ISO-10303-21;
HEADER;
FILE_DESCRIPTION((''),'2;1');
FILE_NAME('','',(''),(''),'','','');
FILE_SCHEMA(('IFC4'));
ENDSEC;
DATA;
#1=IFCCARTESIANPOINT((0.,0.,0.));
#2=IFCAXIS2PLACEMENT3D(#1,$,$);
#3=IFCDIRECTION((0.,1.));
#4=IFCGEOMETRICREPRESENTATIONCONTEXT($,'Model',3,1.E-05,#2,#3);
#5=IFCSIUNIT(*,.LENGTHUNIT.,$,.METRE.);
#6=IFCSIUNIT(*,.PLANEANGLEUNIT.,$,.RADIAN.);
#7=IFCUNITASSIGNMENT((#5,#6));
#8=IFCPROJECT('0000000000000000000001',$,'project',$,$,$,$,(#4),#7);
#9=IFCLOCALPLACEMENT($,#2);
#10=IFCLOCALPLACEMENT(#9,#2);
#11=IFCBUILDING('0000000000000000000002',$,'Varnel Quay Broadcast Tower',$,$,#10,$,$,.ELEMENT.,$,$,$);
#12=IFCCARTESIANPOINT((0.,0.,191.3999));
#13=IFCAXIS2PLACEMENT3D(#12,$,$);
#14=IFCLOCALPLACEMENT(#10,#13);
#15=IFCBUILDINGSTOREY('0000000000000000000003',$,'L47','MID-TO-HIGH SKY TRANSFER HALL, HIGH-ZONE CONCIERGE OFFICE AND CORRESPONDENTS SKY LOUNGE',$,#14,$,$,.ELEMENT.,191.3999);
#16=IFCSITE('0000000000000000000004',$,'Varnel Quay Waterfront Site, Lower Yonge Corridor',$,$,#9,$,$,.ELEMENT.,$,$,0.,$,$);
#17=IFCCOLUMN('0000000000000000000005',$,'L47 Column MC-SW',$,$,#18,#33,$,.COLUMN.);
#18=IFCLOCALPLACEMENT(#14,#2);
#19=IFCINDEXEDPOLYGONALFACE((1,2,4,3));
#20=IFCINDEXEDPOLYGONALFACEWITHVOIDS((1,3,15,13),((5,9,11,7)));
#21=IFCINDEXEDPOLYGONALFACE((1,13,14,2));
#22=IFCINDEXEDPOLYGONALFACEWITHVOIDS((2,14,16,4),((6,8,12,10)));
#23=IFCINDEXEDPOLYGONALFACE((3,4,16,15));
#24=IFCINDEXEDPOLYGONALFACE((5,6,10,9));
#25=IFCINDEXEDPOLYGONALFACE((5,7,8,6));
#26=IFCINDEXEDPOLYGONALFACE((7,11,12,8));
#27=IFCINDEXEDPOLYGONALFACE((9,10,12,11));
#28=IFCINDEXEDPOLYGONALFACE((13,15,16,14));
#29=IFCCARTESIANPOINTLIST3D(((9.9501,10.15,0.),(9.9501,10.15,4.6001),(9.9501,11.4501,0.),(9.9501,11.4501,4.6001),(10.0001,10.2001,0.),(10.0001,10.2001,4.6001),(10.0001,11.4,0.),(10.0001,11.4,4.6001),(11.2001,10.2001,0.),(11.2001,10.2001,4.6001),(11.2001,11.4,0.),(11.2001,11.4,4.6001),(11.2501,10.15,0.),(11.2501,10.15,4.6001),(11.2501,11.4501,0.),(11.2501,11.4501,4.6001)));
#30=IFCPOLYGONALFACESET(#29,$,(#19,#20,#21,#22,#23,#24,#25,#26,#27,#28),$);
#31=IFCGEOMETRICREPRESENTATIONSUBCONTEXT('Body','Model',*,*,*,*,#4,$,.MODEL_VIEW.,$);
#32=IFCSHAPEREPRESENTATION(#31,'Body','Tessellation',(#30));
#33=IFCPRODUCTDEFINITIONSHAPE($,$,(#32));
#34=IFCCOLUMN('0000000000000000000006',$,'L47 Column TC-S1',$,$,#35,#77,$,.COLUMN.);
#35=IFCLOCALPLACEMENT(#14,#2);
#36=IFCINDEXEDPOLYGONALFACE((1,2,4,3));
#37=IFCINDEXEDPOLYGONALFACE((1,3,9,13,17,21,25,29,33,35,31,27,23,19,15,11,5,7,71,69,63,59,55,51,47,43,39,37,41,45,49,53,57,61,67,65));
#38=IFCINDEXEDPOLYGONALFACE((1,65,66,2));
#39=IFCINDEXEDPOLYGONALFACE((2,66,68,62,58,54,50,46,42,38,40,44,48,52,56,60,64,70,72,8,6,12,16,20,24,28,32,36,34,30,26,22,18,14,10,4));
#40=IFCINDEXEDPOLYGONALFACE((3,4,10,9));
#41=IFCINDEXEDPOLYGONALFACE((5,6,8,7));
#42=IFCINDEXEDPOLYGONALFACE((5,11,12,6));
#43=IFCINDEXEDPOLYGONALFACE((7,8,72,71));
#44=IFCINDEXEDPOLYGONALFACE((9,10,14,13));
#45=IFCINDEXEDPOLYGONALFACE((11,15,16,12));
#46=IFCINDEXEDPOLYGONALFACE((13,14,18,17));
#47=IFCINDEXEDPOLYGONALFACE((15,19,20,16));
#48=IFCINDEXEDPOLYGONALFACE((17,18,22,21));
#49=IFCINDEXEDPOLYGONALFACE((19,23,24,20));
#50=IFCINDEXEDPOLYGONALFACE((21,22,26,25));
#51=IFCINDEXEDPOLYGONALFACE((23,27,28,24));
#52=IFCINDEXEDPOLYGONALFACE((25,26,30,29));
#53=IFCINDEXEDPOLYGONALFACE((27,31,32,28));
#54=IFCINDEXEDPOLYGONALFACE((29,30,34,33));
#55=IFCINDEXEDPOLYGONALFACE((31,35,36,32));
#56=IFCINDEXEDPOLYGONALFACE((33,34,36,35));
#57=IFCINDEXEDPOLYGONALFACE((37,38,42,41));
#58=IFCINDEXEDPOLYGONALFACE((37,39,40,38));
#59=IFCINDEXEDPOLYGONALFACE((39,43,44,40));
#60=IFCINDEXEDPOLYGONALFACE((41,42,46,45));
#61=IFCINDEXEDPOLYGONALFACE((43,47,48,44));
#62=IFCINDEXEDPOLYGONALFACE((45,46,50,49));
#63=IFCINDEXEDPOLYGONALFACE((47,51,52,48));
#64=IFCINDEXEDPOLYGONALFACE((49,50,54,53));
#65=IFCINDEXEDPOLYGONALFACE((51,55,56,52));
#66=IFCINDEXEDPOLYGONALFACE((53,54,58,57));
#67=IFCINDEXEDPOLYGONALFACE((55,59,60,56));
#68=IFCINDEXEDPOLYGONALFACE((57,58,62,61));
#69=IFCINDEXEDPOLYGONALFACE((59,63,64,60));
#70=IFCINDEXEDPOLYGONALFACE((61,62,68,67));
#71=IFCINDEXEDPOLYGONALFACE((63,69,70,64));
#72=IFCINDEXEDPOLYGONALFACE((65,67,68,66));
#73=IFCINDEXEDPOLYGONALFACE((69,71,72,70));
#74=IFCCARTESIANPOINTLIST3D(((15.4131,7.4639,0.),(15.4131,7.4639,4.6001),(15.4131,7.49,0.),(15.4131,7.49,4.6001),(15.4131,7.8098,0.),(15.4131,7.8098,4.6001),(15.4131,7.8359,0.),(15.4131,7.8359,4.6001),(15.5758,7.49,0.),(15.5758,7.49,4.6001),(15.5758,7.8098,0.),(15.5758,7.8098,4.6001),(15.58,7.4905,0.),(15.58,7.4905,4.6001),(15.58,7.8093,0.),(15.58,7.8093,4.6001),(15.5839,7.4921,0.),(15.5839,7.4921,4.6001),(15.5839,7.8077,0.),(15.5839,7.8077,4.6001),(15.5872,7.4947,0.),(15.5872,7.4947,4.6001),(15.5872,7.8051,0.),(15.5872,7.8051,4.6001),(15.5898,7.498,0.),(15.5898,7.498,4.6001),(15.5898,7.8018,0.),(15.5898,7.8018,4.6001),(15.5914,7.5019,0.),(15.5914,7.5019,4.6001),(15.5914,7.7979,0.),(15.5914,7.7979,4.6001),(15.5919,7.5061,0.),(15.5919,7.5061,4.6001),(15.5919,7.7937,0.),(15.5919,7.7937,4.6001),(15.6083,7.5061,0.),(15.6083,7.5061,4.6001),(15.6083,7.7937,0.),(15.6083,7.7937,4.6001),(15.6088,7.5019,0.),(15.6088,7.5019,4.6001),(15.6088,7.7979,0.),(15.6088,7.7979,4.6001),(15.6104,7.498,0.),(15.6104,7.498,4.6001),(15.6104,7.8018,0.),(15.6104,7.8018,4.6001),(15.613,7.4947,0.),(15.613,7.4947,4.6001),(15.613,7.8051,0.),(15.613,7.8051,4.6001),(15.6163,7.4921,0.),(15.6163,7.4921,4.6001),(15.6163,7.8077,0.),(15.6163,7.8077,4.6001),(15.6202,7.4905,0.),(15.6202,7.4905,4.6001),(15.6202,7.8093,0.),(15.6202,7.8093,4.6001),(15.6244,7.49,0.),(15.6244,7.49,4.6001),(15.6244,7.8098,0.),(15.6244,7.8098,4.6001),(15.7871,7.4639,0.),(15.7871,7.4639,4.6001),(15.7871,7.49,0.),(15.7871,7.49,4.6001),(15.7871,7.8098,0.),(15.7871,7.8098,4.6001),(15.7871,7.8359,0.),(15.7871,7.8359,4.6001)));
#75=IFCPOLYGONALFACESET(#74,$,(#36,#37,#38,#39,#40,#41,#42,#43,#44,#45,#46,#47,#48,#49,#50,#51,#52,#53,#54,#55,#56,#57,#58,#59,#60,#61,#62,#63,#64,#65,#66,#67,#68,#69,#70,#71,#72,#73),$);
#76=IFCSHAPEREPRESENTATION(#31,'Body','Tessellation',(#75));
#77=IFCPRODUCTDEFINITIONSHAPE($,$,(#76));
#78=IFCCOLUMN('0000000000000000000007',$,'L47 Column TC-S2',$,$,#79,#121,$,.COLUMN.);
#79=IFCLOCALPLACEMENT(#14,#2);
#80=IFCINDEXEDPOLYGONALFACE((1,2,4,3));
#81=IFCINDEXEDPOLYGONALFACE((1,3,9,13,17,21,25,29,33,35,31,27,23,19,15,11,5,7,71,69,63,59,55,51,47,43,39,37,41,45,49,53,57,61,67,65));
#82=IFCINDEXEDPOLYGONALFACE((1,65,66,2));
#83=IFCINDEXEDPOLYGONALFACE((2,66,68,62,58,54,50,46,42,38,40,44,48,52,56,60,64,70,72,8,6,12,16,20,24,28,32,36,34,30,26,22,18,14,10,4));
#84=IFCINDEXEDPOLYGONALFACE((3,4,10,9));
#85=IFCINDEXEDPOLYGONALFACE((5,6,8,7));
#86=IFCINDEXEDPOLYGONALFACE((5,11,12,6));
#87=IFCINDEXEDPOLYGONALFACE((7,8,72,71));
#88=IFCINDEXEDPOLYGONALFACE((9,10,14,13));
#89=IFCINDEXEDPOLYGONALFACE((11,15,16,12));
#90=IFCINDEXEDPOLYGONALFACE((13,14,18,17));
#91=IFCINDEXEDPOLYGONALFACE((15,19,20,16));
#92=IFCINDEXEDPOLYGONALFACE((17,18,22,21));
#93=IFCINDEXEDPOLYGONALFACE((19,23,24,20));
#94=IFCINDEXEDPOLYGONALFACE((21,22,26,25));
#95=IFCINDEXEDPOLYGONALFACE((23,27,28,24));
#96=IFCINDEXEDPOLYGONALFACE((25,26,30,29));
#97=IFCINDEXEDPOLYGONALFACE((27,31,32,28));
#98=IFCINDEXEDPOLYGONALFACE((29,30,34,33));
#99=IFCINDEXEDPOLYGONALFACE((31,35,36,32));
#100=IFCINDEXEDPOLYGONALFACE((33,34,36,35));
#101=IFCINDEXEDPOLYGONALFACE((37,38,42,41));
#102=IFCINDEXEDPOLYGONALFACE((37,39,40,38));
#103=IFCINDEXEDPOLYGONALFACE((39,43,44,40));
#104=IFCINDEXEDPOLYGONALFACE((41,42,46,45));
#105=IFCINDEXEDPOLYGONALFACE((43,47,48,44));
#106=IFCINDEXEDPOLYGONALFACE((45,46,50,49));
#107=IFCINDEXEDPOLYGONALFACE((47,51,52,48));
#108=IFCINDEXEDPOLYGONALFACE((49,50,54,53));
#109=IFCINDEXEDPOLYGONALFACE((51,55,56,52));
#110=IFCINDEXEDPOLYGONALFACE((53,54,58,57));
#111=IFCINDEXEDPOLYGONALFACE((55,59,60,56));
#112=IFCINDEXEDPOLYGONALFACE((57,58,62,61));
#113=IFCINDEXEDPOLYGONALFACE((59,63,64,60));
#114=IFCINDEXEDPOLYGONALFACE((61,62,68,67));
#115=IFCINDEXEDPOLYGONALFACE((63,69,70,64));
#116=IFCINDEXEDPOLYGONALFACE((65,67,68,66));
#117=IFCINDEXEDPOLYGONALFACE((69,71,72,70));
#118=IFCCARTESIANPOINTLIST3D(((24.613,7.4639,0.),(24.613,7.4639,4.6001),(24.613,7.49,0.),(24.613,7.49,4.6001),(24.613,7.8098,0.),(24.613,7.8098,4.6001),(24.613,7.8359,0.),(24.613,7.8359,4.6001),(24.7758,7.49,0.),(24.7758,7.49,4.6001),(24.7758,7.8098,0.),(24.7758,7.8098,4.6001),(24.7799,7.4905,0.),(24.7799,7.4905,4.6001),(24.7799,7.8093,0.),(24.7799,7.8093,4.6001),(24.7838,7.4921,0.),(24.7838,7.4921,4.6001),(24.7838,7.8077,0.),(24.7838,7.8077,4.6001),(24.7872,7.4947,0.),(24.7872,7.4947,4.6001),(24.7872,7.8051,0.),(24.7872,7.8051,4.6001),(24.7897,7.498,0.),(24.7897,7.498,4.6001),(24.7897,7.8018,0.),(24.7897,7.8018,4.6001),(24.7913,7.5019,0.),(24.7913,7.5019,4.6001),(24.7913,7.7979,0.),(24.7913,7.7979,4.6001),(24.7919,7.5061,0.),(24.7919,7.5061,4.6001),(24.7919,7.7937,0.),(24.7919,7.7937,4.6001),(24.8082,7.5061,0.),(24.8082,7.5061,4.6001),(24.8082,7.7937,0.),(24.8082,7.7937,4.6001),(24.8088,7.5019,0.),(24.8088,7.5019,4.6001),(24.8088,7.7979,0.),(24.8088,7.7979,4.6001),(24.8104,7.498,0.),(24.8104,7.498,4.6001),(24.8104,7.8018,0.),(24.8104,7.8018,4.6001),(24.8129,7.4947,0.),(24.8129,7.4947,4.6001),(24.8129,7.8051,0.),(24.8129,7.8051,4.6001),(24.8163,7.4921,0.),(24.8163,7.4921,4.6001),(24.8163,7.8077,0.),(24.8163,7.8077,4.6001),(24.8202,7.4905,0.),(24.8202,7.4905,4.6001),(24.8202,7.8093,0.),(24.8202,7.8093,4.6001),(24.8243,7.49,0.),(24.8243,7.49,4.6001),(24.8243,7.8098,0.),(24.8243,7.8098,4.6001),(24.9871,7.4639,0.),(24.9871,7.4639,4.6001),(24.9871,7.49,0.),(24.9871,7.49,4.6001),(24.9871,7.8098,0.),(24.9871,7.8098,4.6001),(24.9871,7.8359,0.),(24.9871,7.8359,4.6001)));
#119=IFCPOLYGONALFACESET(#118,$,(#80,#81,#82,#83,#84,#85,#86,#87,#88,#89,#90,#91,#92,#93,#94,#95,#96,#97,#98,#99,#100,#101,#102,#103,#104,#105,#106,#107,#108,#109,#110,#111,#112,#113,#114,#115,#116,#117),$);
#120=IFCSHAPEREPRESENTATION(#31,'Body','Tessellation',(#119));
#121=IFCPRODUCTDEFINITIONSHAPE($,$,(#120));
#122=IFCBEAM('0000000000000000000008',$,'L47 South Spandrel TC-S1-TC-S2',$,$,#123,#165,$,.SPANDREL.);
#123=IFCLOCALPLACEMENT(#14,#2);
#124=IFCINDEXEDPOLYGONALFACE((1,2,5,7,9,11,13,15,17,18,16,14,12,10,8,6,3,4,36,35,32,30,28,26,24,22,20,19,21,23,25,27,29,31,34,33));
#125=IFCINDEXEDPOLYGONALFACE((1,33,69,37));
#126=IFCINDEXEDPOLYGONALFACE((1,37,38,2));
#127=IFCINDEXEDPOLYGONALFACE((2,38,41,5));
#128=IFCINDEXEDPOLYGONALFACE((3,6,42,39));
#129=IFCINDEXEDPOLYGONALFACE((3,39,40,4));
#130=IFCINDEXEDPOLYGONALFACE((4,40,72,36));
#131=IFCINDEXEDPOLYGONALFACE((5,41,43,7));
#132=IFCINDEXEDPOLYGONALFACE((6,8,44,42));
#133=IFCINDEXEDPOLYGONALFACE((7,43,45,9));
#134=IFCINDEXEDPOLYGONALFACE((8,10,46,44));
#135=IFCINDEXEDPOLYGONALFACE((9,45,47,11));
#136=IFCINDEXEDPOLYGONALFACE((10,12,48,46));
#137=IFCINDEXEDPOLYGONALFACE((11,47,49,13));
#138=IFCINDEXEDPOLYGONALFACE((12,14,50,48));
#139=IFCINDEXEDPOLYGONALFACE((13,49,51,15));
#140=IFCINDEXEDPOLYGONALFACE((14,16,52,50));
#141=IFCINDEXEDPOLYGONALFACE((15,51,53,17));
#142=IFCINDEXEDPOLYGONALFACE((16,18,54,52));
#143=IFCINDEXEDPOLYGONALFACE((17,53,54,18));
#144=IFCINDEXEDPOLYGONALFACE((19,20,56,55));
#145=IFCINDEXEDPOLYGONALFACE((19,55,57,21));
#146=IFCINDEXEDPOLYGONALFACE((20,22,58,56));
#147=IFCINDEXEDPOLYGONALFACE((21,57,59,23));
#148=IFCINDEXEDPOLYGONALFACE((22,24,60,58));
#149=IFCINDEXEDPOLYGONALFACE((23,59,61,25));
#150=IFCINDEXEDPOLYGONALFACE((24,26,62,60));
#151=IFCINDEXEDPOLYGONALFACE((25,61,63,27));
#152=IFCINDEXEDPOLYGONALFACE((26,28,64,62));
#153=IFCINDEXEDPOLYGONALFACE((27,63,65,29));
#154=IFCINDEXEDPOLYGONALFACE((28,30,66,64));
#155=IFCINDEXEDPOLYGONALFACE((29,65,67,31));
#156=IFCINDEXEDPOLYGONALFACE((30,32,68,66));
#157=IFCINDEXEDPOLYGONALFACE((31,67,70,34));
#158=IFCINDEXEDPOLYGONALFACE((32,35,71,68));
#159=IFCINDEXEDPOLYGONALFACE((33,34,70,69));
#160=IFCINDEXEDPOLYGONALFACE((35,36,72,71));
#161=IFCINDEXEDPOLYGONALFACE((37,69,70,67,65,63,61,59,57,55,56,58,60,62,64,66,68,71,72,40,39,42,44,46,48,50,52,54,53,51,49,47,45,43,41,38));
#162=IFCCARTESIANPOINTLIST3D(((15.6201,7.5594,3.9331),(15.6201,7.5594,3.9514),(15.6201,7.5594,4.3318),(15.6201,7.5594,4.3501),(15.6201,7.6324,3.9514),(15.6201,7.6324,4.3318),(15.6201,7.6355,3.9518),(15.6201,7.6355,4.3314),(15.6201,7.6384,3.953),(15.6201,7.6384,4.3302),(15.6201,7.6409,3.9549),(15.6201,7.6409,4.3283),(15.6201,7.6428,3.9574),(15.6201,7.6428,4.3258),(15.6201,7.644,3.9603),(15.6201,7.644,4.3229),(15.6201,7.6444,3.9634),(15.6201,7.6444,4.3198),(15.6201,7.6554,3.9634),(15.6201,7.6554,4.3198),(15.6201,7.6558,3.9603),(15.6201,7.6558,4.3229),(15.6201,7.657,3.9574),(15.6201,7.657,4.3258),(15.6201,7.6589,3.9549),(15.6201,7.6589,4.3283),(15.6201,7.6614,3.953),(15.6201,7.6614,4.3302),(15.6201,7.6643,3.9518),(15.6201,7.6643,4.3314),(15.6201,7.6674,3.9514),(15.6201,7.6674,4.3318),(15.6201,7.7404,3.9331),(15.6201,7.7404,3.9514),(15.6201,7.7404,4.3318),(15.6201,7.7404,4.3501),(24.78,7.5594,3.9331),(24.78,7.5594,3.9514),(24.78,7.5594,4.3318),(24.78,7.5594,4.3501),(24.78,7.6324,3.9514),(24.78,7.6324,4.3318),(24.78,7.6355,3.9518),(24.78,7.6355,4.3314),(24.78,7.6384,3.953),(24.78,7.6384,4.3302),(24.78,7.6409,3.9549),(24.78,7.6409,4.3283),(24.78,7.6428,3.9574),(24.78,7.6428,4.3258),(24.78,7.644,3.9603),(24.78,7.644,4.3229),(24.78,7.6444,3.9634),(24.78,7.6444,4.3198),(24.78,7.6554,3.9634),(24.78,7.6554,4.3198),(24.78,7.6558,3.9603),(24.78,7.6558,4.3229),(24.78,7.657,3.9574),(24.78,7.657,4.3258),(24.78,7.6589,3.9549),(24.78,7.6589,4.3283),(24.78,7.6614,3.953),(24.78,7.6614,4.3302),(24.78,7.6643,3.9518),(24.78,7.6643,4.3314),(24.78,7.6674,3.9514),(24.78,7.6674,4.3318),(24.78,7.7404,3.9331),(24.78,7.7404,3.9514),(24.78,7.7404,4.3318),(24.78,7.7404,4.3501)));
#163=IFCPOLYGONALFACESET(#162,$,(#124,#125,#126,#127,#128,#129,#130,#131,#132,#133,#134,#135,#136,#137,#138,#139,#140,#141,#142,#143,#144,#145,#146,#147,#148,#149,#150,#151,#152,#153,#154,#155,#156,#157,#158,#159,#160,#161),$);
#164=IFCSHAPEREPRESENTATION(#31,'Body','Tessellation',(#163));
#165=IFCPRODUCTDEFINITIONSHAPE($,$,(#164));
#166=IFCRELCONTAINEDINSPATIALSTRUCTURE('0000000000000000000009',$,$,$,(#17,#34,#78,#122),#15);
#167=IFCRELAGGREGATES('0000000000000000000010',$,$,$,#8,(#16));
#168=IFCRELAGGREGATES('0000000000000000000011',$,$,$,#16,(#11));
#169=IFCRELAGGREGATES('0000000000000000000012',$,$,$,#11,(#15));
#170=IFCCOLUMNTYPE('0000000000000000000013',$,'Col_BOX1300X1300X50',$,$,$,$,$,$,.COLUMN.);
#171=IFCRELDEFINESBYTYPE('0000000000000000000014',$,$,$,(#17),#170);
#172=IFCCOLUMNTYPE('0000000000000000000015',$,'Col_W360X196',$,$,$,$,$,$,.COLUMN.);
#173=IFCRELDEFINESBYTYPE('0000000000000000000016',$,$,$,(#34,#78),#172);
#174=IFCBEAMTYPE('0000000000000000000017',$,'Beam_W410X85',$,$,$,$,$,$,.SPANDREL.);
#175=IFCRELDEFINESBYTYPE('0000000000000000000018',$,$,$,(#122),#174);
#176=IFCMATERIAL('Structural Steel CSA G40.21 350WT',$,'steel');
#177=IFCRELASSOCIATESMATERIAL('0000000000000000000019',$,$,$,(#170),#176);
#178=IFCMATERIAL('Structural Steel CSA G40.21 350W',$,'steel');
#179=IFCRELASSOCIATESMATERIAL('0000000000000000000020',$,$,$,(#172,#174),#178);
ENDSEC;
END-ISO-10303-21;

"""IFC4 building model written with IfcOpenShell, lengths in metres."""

from ifc_helpers import new_model, si_unit, direction, frame, origin, origin_2d, place, context, subcontext, project, spatial, hollow_rectangle, i_section, extrude, source, transform, mapped, material, material_profile, profile_set, type_object, type_shapes, element, save


model = new_model("IFC4")

# Units and contexts
model_context = context("Model", 3, precision=1e-05, world=origin(), true_north=direction((0.0, 1.0)))
body_context = subcontext(model_context, "Body", "Model", "MODEL_VIEW")
ifc_project = project(units=[si_unit("LENGTHUNIT", "METRE"), si_unit("PLANEANGLEUNIT", "RADIAN")], contexts=[model_context])

# Site, building, storey
site_placement = place(None, origin())
site = spatial("IfcSite", under=ifc_project, at=site_placement, Name="Varnel Quay Waterfront Site, Lower Yonge Corridor", CompositionType="ELEMENT", RefElevation=0.0)
building_placement = place(site_placement, origin())
building = spatial("IfcBuilding", under=site, at=building_placement, Name="Varnel Quay Broadcast Tower", CompositionType="ELEMENT")
storey_placement = place(building_placement, frame((0.0, 0.0, 191.3999)))
storey = spatial("IfcBuildingStorey", under=building, at=storey_placement, Name="L47", Description="MID-TO-HIGH SKY TRANSFER HALL, HIGH-ZONE CONCIERGE OFFICE AND CORRESPONDENTS SKY LOUNGE", CompositionType="ELEMENT", Elevation=191.3999)

# Columns
ifc_material_1 = material(Name="Structural Steel CSA G40.21 350WT", Category="steel")
ifc_material_profile_1 = material_profile(ifc_material_1, hollow_rectangle(XDim=1.3, YDim=1.3, WallThickness=0.05, at=origin_2d()), Name="BOX1300X1300X50")
ifc_profile_set_1 = profile_set([ifc_material_profile_1], Name="Structural Steel CSA G40.21 350WT")
column_type_1 = type_object("IfcColumnType", Name="Col_BOX1300X1300X50", PredefinedType="COLUMN", material=ifc_profile_set_1)
shared_shape_1 = source(origin(), body_context, "Body", "SweptSolid", [
    extrude(hollow_rectangle(XDim=1.3, YDim=1.3, WallThickness=0.05, at=origin_2d()), origin(), (0.0, 0.0, 1.0), 4.6001),
])
type_shapes(column_type_1, [shared_shape_1])
column_placement = place(storey_placement, frame((10.6001, 10.8, 0.0), z_axis=(0.0, 0.0, 1.0), x_axis=(1.0, 0.0, 0.0)))
element("IfcColumn", 1, at=column_placement, inside=storey, type_object=column_type_1, Name="L47 Column MC-SW", PredefinedType="COLUMN", context=body_context, shape_type="MappedRepresentation", body=[
    mapped(shared_shape_1, transform((0.0, 0.0, 0.0), x_axis=(1.0, 0.0, 0.0), y_axis=(0.0, 1.0, 0.0), z_axis=(0.0, 0.0, 1.0), scale=1.0)),
])
ifc_material_2 = material(Name="Structural Steel CSA G40.21 350W", Category="steel")
ifc_material_profile_2 = material_profile(ifc_material_2, i_section(OverallWidth=0.374, OverallDepth=0.3721, WebThickness=0.0164, FlangeThickness=0.0261, FilletRadius=0.0161, at=origin_2d()), Name="W360X196")
ifc_profile_set_2 = profile_set([ifc_material_profile_2], Name="Structural Steel CSA G40.21 350W")
column_type_2 = type_object("IfcColumnType", Name="Col_W360X196", PredefinedType="COLUMN", material=ifc_profile_set_2)
shared_shape_2 = source(origin(), body_context, "Body", "SweptSolid", [
    extrude(i_section(OverallWidth=0.374, OverallDepth=0.3721, WebThickness=0.0164, FlangeThickness=0.0261, FilletRadius=0.0161, at=origin_2d()), origin(), (0.0, 0.0, 1.0), 4.6001),
])
type_shapes(column_type_2, [shared_shape_2])
for number, where, z_axis, x_axis, name in (
    (2, (15.6001, 7.6499, 0.0), (0.0, 0.0, 1.0), (1.0, 0.0, 0.0), "L47 Column TC-S1"),
    (3, (24.8, 7.6499, 0.0), (0.0, 0.0, 1.0), (1.0, 0.0, 0.0), "L47 Column TC-S2"),
):
    element("IfcColumn", number, at=place(storey_placement, frame(where, z_axis=z_axis, x_axis=x_axis)), inside=storey, type_object=column_type_2, Name=name, PredefinedType="COLUMN", context=body_context, shape_type="MappedRepresentation", body=[
        mapped(shared_shape_2, transform((0.0, 0.0, 0.0), x_axis=(1.0, 0.0, 0.0), y_axis=(0.0, 1.0, 0.0), z_axis=(0.0, 0.0, 1.0), scale=1.0)),
    ])

# Beam
ifc_material_profile_3 = material_profile(ifc_material_2, i_section(OverallWidth=0.1809, OverallDepth=0.417, WebThickness=0.011, FlangeThickness=0.0183, FilletRadius=0.012, at=origin_2d()), Name="W410X85")
ifc_profile_set_3 = profile_set([ifc_material_profile_3], Name="Structural Steel CSA G40.21 350W")
beam_type_1 = type_object("IfcBeamType", Name="Beam_W410X85", PredefinedType="SPANDREL", material=ifc_profile_set_3)
shared_shape_3 = source(origin(), body_context, "Body", "SweptSolid", [
    extrude(i_section(OverallWidth=0.1809, OverallDepth=0.417, WebThickness=0.011, FlangeThickness=0.0183, FilletRadius=0.012, at=origin_2d()), origin(), (0.0, 0.0, 1.0), 9.1599),
])
for number, where, z_axis, x_axis, name in (
    (4, (15.6201, 7.6499, 4.1416), (1.0, 0.0, 0.0), (0.0, 1.0, 0.0), "L47 South Spandrel TC-S1-TC-S2"),
):
    element("IfcBeam", number, at=place(storey_placement, frame(where, z_axis=z_axis, x_axis=x_axis)), inside=storey, type_object=beam_type_1, Name=name, PredefinedType="SPANDREL", context=body_context, shape_type="MappedRepresentation", body=[
        mapped(shared_shape_3, transform((0.0, 0.0, 0.0), x_axis=(1.0, 0.0, 0.0), y_axis=(0.0, 1.0, 0.0), z_axis=(0.0, 0.0, 1.0), scale=1.0)),
    ])

save(model, "model.ifc")
